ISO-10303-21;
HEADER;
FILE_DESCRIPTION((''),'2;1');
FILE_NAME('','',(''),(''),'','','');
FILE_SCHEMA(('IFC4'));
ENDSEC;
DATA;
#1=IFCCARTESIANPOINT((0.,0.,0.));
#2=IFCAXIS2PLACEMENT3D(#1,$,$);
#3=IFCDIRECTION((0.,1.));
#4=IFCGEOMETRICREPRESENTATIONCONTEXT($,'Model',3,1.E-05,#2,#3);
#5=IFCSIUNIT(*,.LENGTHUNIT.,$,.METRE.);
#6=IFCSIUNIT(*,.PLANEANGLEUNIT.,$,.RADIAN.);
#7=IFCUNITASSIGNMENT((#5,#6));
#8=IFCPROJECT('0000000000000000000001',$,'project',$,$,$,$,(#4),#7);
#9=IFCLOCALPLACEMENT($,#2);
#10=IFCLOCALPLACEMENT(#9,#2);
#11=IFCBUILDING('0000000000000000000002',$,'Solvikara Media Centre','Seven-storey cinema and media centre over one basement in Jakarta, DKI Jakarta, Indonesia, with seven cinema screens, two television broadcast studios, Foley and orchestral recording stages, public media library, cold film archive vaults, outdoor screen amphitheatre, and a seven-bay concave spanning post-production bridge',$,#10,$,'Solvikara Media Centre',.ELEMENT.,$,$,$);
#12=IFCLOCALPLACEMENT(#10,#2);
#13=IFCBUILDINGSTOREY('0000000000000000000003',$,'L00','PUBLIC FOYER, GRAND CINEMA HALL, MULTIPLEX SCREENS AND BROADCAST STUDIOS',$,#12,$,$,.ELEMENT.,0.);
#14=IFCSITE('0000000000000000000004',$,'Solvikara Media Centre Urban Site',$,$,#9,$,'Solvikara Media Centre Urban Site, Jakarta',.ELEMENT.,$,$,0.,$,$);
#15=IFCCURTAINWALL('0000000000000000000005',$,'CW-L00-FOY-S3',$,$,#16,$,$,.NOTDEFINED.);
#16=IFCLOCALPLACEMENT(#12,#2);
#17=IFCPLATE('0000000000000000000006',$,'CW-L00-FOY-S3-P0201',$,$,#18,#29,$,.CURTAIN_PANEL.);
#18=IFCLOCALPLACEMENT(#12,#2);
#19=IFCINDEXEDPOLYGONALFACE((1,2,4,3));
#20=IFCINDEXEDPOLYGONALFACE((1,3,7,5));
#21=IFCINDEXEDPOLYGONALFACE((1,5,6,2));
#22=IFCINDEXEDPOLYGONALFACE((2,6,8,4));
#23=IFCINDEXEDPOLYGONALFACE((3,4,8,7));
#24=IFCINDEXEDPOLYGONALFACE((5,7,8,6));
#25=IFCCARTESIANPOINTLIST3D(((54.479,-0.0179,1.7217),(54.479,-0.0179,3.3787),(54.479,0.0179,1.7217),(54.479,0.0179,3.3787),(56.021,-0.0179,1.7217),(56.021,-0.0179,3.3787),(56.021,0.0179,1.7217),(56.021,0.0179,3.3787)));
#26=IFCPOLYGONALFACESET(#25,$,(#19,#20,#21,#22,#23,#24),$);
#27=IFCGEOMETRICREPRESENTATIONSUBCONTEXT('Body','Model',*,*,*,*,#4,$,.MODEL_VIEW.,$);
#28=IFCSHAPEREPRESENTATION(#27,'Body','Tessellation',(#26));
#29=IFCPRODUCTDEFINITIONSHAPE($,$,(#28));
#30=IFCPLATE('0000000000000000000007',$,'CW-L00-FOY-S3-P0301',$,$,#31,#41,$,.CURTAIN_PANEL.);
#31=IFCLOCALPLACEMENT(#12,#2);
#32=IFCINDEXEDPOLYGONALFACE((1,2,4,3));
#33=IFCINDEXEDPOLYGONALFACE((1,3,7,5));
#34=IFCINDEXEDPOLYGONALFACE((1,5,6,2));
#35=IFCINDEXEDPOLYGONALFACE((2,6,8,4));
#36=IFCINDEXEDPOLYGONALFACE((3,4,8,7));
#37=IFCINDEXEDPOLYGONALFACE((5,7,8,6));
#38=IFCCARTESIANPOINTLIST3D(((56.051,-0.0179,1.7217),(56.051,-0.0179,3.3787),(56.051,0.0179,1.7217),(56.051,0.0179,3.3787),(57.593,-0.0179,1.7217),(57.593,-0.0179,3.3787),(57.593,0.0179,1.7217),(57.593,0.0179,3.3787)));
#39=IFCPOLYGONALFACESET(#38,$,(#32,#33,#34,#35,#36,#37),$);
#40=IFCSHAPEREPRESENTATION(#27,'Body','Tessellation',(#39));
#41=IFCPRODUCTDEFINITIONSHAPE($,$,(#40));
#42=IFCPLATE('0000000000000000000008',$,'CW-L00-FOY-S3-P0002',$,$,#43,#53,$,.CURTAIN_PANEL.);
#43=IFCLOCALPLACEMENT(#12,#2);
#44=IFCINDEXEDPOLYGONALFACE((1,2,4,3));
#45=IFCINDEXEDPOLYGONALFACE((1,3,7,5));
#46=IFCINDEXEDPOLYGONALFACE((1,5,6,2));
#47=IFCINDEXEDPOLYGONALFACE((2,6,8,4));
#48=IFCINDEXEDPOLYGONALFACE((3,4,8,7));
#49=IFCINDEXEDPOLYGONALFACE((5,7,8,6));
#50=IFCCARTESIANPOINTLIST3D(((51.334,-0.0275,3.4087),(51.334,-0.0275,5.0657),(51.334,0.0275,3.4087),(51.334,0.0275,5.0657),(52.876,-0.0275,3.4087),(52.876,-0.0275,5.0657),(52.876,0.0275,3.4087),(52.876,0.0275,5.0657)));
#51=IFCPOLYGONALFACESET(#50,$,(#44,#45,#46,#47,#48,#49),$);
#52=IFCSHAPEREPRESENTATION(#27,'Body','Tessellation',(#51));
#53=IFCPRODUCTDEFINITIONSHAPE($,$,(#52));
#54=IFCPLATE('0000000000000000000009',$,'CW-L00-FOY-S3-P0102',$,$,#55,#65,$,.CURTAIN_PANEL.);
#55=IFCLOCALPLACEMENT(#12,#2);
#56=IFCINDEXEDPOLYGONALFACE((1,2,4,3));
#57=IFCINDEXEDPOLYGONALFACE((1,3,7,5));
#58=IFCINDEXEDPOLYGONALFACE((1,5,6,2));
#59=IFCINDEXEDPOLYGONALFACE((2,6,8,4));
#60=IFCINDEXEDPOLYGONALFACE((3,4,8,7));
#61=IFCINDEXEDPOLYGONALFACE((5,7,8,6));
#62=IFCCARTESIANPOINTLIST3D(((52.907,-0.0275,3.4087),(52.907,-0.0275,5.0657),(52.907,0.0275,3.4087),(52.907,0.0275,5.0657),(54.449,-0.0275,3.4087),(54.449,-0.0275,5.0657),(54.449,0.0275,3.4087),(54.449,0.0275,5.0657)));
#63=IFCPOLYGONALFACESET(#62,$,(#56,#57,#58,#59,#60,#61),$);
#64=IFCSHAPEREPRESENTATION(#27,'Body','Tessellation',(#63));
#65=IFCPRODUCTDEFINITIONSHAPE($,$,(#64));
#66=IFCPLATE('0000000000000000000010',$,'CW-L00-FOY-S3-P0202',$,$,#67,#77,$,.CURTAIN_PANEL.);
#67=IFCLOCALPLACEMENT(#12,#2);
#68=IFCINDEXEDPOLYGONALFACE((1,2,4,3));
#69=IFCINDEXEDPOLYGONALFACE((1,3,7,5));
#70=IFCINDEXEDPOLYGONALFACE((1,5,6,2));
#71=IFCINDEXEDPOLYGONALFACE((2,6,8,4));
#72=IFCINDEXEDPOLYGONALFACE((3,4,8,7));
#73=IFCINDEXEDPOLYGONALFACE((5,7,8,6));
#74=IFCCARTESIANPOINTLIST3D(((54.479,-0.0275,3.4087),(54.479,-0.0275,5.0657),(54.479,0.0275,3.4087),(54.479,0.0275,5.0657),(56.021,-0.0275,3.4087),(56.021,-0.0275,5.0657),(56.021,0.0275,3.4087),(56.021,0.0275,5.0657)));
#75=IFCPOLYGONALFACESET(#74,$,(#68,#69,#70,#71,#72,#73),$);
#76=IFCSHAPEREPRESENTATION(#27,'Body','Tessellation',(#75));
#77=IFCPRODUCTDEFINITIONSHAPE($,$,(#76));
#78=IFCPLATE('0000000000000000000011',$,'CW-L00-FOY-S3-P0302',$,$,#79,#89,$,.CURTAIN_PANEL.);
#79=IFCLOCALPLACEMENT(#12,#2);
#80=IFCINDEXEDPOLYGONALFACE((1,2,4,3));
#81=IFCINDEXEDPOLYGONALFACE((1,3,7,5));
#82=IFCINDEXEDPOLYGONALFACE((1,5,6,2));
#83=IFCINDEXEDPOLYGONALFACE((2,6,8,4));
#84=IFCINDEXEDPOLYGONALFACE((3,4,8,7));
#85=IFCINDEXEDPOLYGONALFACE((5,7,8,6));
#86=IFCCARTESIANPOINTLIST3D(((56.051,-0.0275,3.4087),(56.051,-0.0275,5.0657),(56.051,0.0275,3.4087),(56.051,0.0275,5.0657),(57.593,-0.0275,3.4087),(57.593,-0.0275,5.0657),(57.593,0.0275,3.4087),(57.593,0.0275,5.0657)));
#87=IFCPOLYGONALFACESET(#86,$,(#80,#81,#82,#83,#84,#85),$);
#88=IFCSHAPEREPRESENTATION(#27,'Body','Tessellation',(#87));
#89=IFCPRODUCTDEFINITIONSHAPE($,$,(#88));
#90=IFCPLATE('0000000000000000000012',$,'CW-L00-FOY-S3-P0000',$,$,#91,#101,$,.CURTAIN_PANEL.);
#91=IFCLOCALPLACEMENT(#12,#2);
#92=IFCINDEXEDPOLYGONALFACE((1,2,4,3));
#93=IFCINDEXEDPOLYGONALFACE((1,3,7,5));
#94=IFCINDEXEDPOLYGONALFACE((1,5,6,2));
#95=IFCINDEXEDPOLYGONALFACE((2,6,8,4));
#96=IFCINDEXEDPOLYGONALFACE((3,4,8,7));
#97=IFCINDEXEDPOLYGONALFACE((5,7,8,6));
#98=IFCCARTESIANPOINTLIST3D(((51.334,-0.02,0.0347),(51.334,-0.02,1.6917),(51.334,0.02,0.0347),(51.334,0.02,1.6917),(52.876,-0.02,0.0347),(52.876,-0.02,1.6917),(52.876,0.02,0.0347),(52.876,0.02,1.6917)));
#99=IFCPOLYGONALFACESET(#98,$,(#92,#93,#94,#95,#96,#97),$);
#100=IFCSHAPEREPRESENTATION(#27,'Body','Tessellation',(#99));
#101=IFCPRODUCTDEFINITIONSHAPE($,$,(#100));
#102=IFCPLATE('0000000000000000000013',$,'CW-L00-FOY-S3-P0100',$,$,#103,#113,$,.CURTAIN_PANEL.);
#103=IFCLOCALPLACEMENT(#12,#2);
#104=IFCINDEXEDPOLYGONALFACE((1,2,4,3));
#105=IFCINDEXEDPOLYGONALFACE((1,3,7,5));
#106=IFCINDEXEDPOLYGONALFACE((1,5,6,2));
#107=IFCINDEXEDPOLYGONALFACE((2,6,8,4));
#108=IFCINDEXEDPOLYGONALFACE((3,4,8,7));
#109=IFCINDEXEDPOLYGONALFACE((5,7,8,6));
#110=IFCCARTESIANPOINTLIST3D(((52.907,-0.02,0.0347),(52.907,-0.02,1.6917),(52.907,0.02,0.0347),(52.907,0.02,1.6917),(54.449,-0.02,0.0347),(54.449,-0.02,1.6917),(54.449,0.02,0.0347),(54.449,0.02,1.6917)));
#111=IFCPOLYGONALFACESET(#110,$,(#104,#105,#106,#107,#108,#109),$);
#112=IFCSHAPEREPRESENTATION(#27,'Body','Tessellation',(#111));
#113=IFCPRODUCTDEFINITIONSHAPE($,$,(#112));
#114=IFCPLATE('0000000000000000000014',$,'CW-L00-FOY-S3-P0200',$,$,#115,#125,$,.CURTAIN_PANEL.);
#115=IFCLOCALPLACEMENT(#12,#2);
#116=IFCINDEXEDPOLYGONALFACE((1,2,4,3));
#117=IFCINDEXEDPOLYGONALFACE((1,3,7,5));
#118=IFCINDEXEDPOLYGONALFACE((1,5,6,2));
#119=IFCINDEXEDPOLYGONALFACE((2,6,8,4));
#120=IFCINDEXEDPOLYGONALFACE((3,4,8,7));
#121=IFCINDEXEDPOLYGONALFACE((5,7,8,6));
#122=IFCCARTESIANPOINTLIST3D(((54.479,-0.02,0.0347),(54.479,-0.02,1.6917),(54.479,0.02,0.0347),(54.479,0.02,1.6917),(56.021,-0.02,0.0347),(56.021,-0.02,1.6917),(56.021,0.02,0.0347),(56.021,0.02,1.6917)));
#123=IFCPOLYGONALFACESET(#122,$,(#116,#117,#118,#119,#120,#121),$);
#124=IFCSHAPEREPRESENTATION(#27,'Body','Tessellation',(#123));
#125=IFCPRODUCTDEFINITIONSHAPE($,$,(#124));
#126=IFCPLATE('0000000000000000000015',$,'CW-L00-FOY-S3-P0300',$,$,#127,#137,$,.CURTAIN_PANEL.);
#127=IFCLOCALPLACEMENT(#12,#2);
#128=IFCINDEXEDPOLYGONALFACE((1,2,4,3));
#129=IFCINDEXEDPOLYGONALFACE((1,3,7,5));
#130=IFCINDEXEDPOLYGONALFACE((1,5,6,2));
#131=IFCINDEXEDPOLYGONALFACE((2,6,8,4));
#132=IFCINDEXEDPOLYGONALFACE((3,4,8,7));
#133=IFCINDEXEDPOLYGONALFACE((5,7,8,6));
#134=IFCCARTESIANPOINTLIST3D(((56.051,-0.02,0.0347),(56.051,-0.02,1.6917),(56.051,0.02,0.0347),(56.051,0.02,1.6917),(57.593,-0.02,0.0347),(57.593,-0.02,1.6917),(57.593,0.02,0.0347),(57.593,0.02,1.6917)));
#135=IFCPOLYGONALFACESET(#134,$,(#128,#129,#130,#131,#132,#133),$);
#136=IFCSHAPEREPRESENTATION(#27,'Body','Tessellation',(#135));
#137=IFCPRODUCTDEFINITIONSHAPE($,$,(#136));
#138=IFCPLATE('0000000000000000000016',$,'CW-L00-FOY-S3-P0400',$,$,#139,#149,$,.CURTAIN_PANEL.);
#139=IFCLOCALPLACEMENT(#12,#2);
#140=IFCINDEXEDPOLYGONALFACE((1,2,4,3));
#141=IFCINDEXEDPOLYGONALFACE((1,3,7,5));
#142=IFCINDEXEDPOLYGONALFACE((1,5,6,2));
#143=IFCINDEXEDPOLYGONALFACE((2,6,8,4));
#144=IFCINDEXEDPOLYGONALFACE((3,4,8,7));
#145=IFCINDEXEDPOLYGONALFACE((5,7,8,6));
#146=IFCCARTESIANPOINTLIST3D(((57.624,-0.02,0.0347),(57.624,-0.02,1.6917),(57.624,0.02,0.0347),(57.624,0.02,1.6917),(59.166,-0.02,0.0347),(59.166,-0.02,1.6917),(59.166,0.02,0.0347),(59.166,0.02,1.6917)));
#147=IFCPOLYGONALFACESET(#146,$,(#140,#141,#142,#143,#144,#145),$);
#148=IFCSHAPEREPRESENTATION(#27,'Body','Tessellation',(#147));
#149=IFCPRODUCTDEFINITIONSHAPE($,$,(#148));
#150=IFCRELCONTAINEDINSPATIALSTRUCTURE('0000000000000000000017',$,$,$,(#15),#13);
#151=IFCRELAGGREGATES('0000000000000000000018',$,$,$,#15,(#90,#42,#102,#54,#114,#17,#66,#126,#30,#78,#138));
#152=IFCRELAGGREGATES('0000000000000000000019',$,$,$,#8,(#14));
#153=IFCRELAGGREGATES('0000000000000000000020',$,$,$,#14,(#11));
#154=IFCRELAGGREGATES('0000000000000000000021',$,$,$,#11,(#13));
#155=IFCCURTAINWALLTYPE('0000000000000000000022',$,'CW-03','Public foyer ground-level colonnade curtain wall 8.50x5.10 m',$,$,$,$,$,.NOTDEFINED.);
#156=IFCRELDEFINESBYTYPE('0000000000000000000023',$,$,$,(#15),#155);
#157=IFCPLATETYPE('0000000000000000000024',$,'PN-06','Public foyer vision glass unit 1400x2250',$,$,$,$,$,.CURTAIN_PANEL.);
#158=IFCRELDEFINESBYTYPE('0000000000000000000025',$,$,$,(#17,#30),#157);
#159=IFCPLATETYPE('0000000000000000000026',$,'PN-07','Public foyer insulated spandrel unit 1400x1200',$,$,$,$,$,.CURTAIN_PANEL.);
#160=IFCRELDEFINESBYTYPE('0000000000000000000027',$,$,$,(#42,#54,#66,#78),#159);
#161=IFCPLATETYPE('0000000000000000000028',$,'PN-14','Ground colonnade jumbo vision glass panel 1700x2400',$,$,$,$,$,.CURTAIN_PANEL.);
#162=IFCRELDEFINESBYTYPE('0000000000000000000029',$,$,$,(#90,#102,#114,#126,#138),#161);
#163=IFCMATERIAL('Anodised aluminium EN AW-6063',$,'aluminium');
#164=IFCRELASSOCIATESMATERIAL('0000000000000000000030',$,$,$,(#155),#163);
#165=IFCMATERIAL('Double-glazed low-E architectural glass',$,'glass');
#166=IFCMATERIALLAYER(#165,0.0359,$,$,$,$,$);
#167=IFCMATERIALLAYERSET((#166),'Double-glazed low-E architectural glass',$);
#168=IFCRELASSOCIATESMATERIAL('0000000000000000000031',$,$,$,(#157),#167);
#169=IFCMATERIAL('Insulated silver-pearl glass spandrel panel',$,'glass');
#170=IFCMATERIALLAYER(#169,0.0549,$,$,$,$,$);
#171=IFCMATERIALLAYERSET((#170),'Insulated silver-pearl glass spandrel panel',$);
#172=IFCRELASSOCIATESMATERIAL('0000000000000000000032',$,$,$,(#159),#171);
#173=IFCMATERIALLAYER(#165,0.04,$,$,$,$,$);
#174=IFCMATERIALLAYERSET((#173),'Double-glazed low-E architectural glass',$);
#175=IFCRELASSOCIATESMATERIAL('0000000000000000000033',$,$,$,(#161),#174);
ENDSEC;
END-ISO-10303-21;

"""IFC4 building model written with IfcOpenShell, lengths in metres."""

from ifc_helpers import new_model, si_unit, direction, frame, origin, origin_2d, place, context, subcontext, project, spatial, rectangle, extrude, material, layer, layer_set, type_object, element, aggregate, save


model = new_model("IFC4")

# Units and contexts
model_context = context("Model", 3, precision=1e-05, world=origin(), true_north=direction((0.0, 1.0)))
body_context = subcontext(model_context, "Body", "Model", "MODEL_VIEW")
ifc_project = project(units=[si_unit("LENGTHUNIT", "METRE"), si_unit("PLANEANGLEUNIT", "RADIAN")], contexts=[model_context])

# Site, building, storey
site_placement = place(None, origin())
site = spatial("IfcSite", under=ifc_project, at=site_placement, Name="Solvikara Media Centre Urban Site", LongName="Solvikara Media Centre Urban Site, Jakarta", CompositionType="ELEMENT", RefElevation=0.0)
building_placement = place(site_placement, origin())
building = spatial("IfcBuilding", under=site, at=building_placement, Name="Solvikara Media Centre", Description="Seven-storey cinema and media centre over one basement in Jakarta, DKI Jakarta, Indonesia, with seven cinema screens, two television broadcast studios, Foley and orchestral recording stages, public media library, cold film archive vaults, outdoor screen amphitheatre, and a seven-bay concave spanning post-production bridge", LongName="Solvikara Media Centre", CompositionType="ELEMENT")
storey_placement = place(building_placement, origin())
storey = spatial("IfcBuildingStorey", under=building, at=storey_placement, Name="L00", Description="PUBLIC FOYER, GRAND CINEMA HALL, MULTIPLEX SCREENS AND BROADCAST STUDIOS", CompositionType="ELEMENT", Elevation=0.0)

# Curtain wall, plates
ifc_material_1 = material(Name="Anodised aluminium EN AW-6063", Category="aluminium")
curtain_wall_type = type_object("IfcCurtainWallType", Name="CW-03", Description="Public foyer ground-level colonnade curtain wall 8.50x5.10 m", PredefinedType="NOTDEFINED", material=ifc_material_1)
curtain_wall_placement = place(storey_placement, origin())
curtain_wall = element("IfcCurtainWall", 1, at=curtain_wall_placement, inside=storey, type_object=curtain_wall_type, Name="CW-L00-FOY-S3", PredefinedType="NOTDEFINED")
ifc_material_2 = material(Name="Double-glazed low-E architectural glass", Category="glass")
ifc_layer_1 = layer(ifc_material_2, 0.0359)
ifc_layer_set_1 = layer_set([ifc_layer_1], Name="Double-glazed low-E architectural glass")
plate_type_1 = type_object("IfcPlateType", Name="PN-06", Description="Public foyer vision glass unit 1400x2250", PredefinedType="CURTAIN_PANEL", material=ifc_layer_set_1)
plate_1_placement = place(storey_placement, frame((55.25, 0.0, 1.7217), z_axis=(0.0, 0.0, 1.0), x_axis=(1.0, 0.0, 0.0)))
plate_1 = element("IfcPlate", 2, at=plate_1_placement, type_object=plate_type_1, Name="CW-L00-FOY-S3-P0201", PredefinedType="CURTAIN_PANEL", context=body_context, shape_type="SweptSolid", body=[
    extrude(rectangle(XDim=1.542, YDim=0.0359, at=origin_2d()), origin(), (0.0, 0.0, 1.0), 1.657),
])
plate_2_placement = place(storey_placement, frame((56.822, 0.0, 1.7217), z_axis=(0.0, 0.0, 1.0), x_axis=(1.0, 0.0, 0.0)))
plate_2 = element("IfcPlate", 3, at=plate_2_placement, type_object=plate_type_1, Name="CW-L00-FOY-S3-P0301", PredefinedType="CURTAIN_PANEL", context=body_context, shape_type="SweptSolid", body=[
    extrude(rectangle(XDim=1.542, YDim=0.0359, at=origin_2d()), origin(), (0.0, 0.0, 1.0), 1.657),
])
ifc_material_3 = material(Name="Insulated silver-pearl glass spandrel panel", Category="glass")
ifc_layer_2 = layer(ifc_material_3, 0.0549)
ifc_layer_set_2 = layer_set([ifc_layer_2], Name="Insulated silver-pearl glass spandrel panel")
plate_type_2 = type_object("IfcPlateType", Name="PN-07", Description="Public foyer insulated spandrel unit 1400x1200", PredefinedType="CURTAIN_PANEL", material=ifc_layer_set_2)
plate_3_placement = place(storey_placement, frame((52.105, 0.0, 3.4087), z_axis=(0.0, 0.0, 1.0), x_axis=(1.0, 0.0, 0.0)))
plate_3 = element("IfcPlate", 4, at=plate_3_placement, type_object=plate_type_2, Name="CW-L00-FOY-S3-P0002", PredefinedType="CURTAIN_PANEL", context=body_context, shape_type="SweptSolid", body=[
    extrude(rectangle(XDim=1.542, YDim=0.0549, at=origin_2d()), origin(), (0.0, 0.0, 1.0), 1.657),
])
plate_4_placement = place(storey_placement, frame((53.678, 0.0, 3.4087), z_axis=(0.0, 0.0, 1.0), x_axis=(1.0, 0.0, 0.0)))
plate_4 = element("IfcPlate", 5, at=plate_4_placement, type_object=plate_type_2, Name="CW-L00-FOY-S3-P0102", PredefinedType="CURTAIN_PANEL", context=body_context, shape_type="SweptSolid", body=[
    extrude(rectangle(XDim=1.542, YDim=0.0549, at=origin_2d()), origin(), (0.0, 0.0, 1.0), 1.657),
])
plate_5_placement = place(storey_placement, frame((55.25, 0.0, 3.4087), z_axis=(0.0, 0.0, 1.0), x_axis=(1.0, 0.0, 0.0)))
plate_5 = element("IfcPlate", 6, at=plate_5_placement, type_object=plate_type_2, Name="CW-L00-FOY-S3-P0202", PredefinedType="CURTAIN_PANEL", context=body_context, shape_type="SweptSolid", body=[
    extrude(rectangle(XDim=1.542, YDim=0.0549, at=origin_2d()), origin(), (0.0, 0.0, 1.0), 1.657),
])
plate_6_placement = place(storey_placement, frame((56.822, 0.0, 3.4087), z_axis=(0.0, 0.0, 1.0), x_axis=(1.0, 0.0, 0.0)))
plate_6 = element("IfcPlate", 7, at=plate_6_placement, type_object=plate_type_2, Name="CW-L00-FOY-S3-P0302", PredefinedType="CURTAIN_PANEL", context=body_context, shape_type="SweptSolid", body=[
    extrude(rectangle(XDim=1.542, YDim=0.0549, at=origin_2d()), origin(), (0.0, 0.0, 1.0), 1.657),
])
ifc_layer_3 = layer(ifc_material_2, 0.04)
ifc_layer_set_3 = layer_set([ifc_layer_3], Name="Double-glazed low-E architectural glass")
plate_type_3 = type_object("IfcPlateType", Name="PN-14", Description="Ground colonnade jumbo vision glass panel 1700x2400", PredefinedType="CURTAIN_PANEL", material=ifc_layer_set_3)
plate_7_placement = place(storey_placement, frame((52.105, 0.0, 0.0347), z_axis=(0.0, 0.0, 1.0), x_axis=(1.0, 0.0, 0.0)))
plate_7 = element("IfcPlate", 8, at=plate_7_placement, type_object=plate_type_3, Name="CW-L00-FOY-S3-P0000", PredefinedType="CURTAIN_PANEL", context=body_context, shape_type="SweptSolid", body=[
    extrude(rectangle(XDim=1.542, YDim=0.04, at=origin_2d()), origin(), (0.0, 0.0, 1.0), 1.657),
])
plate_8_placement = place(storey_placement, frame((53.678, 0.0, 0.0347), z_axis=(0.0, 0.0, 1.0), x_axis=(1.0, 0.0, 0.0)))
plate_8 = element("IfcPlate", 9, at=plate_8_placement, type_object=plate_type_3, Name="CW-L00-FOY-S3-P0100", PredefinedType="CURTAIN_PANEL", context=body_context, shape_type="SweptSolid", body=[
    extrude(rectangle(XDim=1.542, YDim=0.04, at=origin_2d()), origin(), (0.0, 0.0, 1.0), 1.657),
])
plate_9_placement = place(storey_placement, frame((55.25, 0.0, 0.0347), z_axis=(0.0, 0.0, 1.0), x_axis=(1.0, 0.0, 0.0)))
plate_9 = element("IfcPlate", 10, at=plate_9_placement, type_object=plate_type_3, Name="CW-L00-FOY-S3-P0200", PredefinedType="CURTAIN_PANEL", context=body_context, shape_type="SweptSolid", body=[
    extrude(rectangle(XDim=1.542, YDim=0.04, at=origin_2d()), origin(), (0.0, 0.0, 1.0), 1.657),
])
plate_10_placement = place(storey_placement, frame((56.822, 0.0, 0.0347), z_axis=(0.0, 0.0, 1.0), x_axis=(1.0, 0.0, 0.0)))
plate_10 = element("IfcPlate", 11, at=plate_10_placement, type_object=plate_type_3, Name="CW-L00-FOY-S3-P0300", PredefinedType="CURTAIN_PANEL", context=body_context, shape_type="SweptSolid", body=[
    extrude(rectangle(XDim=1.542, YDim=0.04, at=origin_2d()), origin(), (0.0, 0.0, 1.0), 1.657),
])
plate_11_placement = place(storey_placement, frame((58.395, 0.0, 0.0347), z_axis=(0.0, 0.0, 1.0), x_axis=(1.0, 0.0, 0.0)))
plate_11 = element("IfcPlate", 12, at=plate_11_placement, type_object=plate_type_3, Name="CW-L00-FOY-S3-P0400", PredefinedType="CURTAIN_PANEL", context=body_context, shape_type="SweptSolid", body=[
    extrude(rectangle(XDim=1.542, YDim=0.04, at=origin_2d()), origin(), (0.0, 0.0, 1.0), 1.657),
])
aggregate(curtain_wall, [plate_7, plate_3, plate_8, plate_4, plate_9, plate_1, plate_5, plate_10, plate_2, plate_6, plate_11])

save(model, "model.ifc")
